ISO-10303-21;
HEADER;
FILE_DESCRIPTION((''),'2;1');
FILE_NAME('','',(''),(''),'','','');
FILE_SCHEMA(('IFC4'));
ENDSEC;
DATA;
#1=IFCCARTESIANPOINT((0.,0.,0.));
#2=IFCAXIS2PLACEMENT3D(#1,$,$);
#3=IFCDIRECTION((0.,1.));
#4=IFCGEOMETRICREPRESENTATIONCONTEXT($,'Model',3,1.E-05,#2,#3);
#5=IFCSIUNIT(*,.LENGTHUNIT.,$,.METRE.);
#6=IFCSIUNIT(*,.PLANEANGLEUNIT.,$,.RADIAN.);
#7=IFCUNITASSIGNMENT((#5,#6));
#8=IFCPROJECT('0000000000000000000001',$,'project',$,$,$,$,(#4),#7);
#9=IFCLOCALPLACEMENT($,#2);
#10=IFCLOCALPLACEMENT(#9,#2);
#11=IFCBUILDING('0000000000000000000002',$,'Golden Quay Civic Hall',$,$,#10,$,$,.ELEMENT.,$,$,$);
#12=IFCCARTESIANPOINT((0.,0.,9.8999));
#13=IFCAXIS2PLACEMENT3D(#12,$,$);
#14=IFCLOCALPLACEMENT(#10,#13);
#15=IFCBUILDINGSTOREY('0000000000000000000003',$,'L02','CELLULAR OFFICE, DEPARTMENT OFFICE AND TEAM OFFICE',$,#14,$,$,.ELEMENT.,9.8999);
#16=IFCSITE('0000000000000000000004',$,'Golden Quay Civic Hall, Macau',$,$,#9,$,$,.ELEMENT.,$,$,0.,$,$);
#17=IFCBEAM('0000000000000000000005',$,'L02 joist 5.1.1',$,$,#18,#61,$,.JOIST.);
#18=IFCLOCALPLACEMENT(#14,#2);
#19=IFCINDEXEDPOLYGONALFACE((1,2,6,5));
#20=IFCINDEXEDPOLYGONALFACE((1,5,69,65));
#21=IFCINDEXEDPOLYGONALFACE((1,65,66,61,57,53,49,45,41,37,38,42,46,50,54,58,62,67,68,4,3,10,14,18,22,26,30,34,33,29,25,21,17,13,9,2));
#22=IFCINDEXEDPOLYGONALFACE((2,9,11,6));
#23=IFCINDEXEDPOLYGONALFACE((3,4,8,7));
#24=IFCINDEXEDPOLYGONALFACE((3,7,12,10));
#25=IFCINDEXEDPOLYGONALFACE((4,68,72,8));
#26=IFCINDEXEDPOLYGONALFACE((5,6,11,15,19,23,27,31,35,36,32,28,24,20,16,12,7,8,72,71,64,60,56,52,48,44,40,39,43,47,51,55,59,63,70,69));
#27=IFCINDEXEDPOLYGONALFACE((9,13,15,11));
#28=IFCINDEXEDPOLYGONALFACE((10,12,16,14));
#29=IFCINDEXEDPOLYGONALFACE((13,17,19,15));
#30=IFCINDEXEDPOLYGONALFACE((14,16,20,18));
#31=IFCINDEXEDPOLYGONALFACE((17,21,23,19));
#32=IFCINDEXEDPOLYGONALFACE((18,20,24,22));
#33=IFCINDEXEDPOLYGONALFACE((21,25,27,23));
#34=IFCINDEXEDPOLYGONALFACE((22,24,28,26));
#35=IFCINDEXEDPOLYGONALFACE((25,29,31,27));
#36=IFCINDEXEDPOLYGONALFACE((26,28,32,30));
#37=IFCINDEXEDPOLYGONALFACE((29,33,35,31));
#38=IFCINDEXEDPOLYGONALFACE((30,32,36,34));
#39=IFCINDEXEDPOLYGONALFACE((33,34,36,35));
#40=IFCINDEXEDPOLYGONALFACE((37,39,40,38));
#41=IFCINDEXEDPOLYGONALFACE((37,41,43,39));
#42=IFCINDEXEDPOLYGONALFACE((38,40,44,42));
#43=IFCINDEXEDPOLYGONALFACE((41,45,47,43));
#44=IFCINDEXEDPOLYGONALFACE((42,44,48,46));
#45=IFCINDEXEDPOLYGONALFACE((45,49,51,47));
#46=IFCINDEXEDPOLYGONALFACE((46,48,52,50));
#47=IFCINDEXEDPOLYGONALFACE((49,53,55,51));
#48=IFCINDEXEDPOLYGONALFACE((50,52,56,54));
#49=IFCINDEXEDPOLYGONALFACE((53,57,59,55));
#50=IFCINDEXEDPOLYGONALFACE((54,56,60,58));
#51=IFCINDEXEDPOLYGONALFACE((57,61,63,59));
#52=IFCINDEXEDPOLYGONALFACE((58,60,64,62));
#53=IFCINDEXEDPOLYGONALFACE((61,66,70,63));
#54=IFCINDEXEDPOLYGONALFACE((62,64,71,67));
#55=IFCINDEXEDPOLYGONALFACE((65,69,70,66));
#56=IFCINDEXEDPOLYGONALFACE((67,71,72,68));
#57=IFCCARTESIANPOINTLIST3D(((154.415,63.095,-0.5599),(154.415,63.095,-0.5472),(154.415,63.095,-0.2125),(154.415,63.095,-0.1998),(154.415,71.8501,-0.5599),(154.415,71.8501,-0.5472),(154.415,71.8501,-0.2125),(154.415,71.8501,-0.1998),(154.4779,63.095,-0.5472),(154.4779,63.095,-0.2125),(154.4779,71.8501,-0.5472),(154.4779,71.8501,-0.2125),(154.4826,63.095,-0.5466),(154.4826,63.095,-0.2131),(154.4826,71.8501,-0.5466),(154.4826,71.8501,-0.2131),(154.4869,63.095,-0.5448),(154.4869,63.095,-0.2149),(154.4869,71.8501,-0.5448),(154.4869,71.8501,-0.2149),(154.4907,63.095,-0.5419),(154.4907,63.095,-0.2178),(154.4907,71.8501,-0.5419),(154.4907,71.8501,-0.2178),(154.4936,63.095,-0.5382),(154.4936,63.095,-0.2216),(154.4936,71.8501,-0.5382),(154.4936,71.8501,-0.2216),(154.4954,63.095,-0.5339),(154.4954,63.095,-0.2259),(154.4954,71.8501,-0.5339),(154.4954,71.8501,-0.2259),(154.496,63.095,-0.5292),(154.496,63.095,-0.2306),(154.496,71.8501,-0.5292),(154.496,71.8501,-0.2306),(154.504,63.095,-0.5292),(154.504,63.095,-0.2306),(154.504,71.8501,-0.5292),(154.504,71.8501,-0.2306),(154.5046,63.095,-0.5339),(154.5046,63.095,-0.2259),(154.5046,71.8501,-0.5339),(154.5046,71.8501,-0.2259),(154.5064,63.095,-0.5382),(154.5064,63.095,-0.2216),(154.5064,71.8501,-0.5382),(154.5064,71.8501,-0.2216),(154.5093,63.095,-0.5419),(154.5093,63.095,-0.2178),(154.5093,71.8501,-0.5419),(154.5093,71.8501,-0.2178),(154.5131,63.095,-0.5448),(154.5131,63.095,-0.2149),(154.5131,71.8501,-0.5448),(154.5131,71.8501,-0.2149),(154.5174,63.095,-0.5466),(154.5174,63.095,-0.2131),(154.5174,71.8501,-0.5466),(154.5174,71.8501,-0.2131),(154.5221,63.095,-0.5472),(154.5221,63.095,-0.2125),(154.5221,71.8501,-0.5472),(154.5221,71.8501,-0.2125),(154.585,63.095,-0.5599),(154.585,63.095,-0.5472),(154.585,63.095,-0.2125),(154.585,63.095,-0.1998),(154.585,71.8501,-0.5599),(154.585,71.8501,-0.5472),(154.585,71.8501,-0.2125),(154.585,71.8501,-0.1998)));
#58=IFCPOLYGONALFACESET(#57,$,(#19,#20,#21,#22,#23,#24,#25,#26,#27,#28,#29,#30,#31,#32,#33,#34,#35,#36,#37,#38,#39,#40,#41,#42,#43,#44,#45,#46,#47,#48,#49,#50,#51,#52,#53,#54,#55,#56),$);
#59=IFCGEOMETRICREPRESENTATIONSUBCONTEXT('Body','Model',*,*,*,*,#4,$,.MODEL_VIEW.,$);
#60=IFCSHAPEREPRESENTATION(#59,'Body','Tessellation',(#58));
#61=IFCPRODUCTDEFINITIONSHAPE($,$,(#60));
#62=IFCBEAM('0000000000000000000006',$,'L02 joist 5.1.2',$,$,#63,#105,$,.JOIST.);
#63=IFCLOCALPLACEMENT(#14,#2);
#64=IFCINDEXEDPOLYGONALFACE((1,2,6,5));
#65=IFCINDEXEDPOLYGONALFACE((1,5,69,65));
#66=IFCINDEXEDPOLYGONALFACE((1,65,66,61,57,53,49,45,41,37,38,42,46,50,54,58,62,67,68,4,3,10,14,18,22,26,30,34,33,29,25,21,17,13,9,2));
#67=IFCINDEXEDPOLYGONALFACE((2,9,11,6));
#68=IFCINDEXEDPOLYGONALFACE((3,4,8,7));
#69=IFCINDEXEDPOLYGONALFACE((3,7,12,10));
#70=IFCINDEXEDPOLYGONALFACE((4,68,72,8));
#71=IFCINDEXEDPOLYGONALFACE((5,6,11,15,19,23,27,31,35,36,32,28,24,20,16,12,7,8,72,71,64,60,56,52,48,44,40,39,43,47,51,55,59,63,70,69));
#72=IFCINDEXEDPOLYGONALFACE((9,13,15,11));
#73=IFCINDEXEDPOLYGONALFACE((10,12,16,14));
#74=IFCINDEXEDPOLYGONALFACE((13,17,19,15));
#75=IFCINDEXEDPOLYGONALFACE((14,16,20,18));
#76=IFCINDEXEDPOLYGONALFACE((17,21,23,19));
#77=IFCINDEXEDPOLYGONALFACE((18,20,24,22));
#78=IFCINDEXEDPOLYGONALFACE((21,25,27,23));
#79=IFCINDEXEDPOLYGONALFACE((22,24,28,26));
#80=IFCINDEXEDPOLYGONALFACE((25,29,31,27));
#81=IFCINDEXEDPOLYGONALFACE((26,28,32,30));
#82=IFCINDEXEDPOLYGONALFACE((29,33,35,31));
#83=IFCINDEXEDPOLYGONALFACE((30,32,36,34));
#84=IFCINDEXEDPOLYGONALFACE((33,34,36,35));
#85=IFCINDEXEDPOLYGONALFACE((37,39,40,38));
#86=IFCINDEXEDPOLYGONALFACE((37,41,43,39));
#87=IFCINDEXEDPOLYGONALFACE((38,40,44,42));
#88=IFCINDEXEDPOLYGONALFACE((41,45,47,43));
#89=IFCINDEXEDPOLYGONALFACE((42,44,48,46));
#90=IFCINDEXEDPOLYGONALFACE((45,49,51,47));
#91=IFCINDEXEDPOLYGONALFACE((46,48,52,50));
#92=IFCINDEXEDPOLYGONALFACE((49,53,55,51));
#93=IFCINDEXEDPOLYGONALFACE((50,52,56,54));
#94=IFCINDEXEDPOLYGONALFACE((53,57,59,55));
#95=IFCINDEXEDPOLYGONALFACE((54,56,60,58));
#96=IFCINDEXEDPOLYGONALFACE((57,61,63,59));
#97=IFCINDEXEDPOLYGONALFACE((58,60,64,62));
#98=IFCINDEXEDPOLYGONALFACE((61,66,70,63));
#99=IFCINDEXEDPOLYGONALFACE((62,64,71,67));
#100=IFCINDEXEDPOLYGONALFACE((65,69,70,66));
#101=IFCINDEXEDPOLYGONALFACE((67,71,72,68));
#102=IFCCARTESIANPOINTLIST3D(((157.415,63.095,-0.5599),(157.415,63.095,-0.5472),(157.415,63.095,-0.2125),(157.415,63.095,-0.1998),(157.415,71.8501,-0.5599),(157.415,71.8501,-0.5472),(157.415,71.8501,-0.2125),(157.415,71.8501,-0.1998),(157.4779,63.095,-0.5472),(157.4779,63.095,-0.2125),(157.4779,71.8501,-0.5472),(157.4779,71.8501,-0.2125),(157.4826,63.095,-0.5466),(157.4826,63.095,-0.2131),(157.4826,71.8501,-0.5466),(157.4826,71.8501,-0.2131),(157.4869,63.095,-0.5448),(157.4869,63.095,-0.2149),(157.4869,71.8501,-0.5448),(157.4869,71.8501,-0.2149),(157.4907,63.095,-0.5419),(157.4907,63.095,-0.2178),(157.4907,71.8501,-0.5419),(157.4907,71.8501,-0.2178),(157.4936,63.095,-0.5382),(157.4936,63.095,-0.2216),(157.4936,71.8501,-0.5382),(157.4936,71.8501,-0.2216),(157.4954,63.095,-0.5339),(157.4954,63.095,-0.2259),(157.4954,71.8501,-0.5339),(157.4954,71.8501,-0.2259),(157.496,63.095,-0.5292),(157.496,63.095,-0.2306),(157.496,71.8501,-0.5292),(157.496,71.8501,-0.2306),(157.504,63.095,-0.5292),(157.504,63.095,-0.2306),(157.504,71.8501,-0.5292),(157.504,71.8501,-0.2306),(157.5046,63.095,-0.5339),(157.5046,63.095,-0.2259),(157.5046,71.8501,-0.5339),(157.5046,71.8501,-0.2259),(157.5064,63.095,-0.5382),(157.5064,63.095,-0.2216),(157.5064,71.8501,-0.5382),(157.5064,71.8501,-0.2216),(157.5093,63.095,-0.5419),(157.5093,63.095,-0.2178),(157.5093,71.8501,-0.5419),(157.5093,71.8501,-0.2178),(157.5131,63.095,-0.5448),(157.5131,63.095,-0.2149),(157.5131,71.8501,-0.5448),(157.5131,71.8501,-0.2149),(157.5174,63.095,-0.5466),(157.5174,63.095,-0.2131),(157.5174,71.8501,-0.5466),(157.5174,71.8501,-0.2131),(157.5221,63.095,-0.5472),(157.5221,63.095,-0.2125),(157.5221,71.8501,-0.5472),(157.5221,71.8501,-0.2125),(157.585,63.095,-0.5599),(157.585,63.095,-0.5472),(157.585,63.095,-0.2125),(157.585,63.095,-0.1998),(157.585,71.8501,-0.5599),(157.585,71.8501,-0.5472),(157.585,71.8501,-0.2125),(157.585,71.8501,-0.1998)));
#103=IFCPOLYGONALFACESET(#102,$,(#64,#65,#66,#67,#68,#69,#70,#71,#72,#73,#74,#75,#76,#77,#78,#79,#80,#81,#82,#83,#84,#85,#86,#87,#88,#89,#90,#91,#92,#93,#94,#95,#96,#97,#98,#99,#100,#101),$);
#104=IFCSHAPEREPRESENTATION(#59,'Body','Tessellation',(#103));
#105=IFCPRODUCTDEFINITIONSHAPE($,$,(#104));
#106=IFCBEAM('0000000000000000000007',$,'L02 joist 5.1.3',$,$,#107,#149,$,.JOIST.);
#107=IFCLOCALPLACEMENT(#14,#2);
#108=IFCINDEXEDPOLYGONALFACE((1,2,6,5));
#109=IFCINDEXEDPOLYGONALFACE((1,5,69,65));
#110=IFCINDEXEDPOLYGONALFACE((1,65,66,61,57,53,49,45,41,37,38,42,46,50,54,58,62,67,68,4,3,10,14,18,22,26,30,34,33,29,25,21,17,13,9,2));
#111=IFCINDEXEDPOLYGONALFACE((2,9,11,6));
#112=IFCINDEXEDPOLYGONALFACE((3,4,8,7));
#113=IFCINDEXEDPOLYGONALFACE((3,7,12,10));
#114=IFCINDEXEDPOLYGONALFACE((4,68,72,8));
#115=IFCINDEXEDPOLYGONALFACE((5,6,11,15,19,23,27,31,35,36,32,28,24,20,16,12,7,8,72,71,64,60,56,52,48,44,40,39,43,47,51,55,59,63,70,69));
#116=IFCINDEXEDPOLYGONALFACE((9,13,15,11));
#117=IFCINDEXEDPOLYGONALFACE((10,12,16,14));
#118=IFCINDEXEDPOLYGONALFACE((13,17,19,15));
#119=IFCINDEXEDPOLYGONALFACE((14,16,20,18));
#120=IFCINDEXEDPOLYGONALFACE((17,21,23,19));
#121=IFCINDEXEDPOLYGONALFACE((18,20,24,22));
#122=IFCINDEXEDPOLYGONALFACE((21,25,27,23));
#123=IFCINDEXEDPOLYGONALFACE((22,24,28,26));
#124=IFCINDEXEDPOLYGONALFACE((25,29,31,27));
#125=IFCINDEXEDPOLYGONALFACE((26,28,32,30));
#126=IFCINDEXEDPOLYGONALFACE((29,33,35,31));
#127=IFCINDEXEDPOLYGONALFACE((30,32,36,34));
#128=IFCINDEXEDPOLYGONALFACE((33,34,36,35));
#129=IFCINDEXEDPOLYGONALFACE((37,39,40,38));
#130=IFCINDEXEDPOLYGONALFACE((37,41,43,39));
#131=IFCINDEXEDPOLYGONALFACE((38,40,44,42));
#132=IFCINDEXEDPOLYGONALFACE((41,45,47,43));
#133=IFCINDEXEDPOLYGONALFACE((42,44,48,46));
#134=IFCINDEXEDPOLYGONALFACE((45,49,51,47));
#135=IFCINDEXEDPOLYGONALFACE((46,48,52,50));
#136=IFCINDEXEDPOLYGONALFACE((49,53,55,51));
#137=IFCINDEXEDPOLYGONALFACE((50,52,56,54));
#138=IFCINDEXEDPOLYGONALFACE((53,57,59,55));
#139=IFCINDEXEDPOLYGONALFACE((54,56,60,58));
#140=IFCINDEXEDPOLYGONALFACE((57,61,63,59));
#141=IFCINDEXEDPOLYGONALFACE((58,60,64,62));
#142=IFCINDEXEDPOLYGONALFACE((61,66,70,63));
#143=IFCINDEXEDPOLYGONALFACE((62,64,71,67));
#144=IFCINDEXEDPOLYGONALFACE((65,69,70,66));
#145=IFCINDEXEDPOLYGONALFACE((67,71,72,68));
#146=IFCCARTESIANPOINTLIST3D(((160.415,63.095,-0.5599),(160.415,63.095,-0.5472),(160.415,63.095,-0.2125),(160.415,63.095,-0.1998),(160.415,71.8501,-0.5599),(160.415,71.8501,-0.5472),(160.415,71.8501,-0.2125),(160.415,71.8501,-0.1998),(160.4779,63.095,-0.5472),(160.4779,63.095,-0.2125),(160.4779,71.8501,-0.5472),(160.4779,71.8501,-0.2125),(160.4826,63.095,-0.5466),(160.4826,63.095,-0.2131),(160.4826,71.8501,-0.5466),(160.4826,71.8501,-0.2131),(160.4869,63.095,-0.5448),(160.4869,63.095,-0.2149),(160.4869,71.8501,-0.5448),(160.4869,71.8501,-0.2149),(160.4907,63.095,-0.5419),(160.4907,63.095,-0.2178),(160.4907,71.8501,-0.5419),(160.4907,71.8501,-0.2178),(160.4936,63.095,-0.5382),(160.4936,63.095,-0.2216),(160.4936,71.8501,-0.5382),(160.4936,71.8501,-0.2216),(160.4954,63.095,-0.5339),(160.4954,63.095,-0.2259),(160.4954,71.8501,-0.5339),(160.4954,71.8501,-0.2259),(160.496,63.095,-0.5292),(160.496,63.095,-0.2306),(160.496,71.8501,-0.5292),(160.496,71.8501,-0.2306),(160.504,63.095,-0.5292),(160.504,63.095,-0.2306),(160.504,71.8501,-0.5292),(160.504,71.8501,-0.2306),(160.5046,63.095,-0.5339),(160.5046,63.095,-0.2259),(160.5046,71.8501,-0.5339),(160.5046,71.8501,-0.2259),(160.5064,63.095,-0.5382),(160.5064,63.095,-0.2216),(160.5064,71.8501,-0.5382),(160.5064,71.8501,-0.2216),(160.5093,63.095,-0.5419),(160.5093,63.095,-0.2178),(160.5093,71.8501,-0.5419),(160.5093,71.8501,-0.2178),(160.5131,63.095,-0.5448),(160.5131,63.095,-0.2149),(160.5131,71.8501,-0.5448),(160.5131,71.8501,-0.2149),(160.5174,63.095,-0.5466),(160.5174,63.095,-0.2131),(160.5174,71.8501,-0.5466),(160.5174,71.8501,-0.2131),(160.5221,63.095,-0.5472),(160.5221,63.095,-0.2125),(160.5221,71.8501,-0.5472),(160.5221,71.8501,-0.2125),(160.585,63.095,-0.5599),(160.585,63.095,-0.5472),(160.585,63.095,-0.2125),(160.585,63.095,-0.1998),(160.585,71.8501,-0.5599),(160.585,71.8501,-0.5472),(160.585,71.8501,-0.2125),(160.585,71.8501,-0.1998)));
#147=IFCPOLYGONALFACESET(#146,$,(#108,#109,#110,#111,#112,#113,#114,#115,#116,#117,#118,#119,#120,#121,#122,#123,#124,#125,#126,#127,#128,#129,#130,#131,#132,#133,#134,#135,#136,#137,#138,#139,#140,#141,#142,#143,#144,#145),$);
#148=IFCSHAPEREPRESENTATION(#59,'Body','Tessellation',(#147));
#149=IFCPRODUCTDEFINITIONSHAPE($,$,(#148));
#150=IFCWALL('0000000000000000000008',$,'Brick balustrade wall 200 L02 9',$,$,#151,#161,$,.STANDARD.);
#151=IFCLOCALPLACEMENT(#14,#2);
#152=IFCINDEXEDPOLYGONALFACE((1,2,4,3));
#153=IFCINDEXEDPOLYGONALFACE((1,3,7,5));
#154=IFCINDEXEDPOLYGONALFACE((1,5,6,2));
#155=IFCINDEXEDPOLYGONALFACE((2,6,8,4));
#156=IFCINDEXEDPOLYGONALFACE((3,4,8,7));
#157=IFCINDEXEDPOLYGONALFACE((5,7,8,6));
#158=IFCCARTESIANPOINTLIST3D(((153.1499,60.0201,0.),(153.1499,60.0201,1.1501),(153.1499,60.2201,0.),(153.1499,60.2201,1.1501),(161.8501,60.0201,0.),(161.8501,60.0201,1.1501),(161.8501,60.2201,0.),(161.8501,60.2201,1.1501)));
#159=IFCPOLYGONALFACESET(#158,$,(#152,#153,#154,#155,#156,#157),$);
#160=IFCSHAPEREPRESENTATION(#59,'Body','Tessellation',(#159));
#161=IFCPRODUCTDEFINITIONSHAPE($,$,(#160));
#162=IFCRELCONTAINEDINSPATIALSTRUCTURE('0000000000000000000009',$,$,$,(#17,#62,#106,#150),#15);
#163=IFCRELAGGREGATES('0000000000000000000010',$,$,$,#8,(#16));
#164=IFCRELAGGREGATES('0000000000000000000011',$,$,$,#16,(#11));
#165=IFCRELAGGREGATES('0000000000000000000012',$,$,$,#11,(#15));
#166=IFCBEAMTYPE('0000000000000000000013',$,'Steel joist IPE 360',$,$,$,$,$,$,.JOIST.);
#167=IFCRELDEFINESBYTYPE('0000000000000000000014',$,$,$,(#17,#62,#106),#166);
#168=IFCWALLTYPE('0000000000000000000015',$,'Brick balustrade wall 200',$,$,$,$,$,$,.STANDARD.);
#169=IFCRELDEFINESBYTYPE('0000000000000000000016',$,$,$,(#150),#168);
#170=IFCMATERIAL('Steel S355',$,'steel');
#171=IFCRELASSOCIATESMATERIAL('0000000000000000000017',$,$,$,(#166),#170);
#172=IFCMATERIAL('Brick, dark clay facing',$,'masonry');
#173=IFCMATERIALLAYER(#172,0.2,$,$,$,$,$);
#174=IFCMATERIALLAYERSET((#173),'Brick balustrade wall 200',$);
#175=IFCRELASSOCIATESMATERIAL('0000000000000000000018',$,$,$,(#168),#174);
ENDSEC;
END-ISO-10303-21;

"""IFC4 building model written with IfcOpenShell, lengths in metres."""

from ifc_helpers import new_model, si_unit, direction, frame, frame_2d, origin, origin_2d, place, context, subcontext, project, spatial, rectangle, i_section, extrude, material, layer, layer_set, material_profile, profile_set, type_object, element, save


model = new_model("IFC4")

# Units and contexts
model_context = context("Model", 3, precision=1e-05, world=origin(), true_north=direction((0.0, 1.0)))
body_context = subcontext(model_context, "Body", "Model", "MODEL_VIEW")
ifc_project = project(units=[si_unit("LENGTHUNIT", "METRE"), si_unit("PLANEANGLEUNIT", "RADIAN")], contexts=[model_context])

# Site, building, storey
site_placement = place(None, origin())
site = spatial("IfcSite", under=ifc_project, at=site_placement, Name="Golden Quay Civic Hall, Macau", CompositionType="ELEMENT", RefElevation=0.0)
building_placement = place(site_placement, origin())
building = spatial("IfcBuilding", under=site, at=building_placement, Name="Golden Quay Civic Hall", CompositionType="ELEMENT")
storey_placement = place(building_placement, frame((0.0, 0.0, 9.8999)))
storey = spatial("IfcBuildingStorey", under=building, at=storey_placement, Name="L02", Description="CELLULAR OFFICE, DEPARTMENT OFFICE AND TEAM OFFICE", CompositionType="ELEMENT", Elevation=9.8999)

# Beams
ifc_material_1 = material(Name="Steel S355", Category="steel")
ifc_material_profile_1 = material_profile(ifc_material_1, i_section(OverallWidth=0.1699, OverallDepth=0.3601, WebThickness=0.0081, FlangeThickness=0.0127, FilletRadius=0.0181, at=origin_2d()), Name="IPE 360")
ifc_profile_set_1 = profile_set([ifc_material_profile_1], Name="Steel S355")
beam_type_1 = type_object("IfcBeamType", Name="Steel joist IPE 360", PredefinedType="JOIST", material=ifc_profile_set_1)
for number, where, z_axis, x_axis, name in (
    (1, (154.5, 63.095, -0.3799), (0.0, 1.0, 0.0), (-1.0, 0.0, 0.0), "L02 joist 5.1.1"),
    (2, (157.5, 63.095, -0.3799), (0.0, 1.0, 0.0), (-1.0, 0.0, 0.0), "L02 joist 5.1.2"),
    (3, (160.5, 63.095, -0.3799), (0.0, 1.0, 0.0), (-1.0, 0.0, 0.0), "L02 joist 5.1.3"),
):
    element("IfcBeam", number, at=place(storey_placement, frame(where, z_axis=z_axis, x_axis=x_axis)), inside=storey, type_object=beam_type_1, Name=name, PredefinedType="JOIST", context=body_context, shape_type="SweptSolid", body=[
        extrude(i_section(OverallWidth=0.1699, OverallDepth=0.3601, WebThickness=0.0081, FlangeThickness=0.0127, FilletRadius=0.0181, at=origin_2d()), origin(), (0.0, 0.0, 1.0), 8.7551),
    ])

# Wall
ifc_material_2 = material(Name="Brick, dark clay facing", Category="masonry")
ifc_layer_1 = layer(ifc_material_2, 0.2)
ifc_layer_set_1 = layer_set([ifc_layer_1], Name="Brick balustrade wall 200")
wall_type_1 = type_object("IfcWallType", Name="Brick balustrade wall 200", PredefinedType="STANDARD", material=ifc_layer_set_1)
wall_1_placement = place(storey_placement, frame((153.1499, 60.1201, 0.0), z_axis=(0.0, 0.0, 1.0), x_axis=(1.0, 0.0, 0.0)))
element("IfcWall", 4, at=wall_1_placement, inside=storey, type_object=wall_type_1, Name="Brick balustrade wall 200 L02 9", PredefinedType="STANDARD", context=body_context, shape_type="SweptSolid", body=[
    extrude(rectangle(XDim=8.7002, YDim=0.2, at=frame_2d((4.3501, 0.0))), origin(), (0.0, 0.0, 1.0), 1.1501),
])

save(model, "model.ifc")
